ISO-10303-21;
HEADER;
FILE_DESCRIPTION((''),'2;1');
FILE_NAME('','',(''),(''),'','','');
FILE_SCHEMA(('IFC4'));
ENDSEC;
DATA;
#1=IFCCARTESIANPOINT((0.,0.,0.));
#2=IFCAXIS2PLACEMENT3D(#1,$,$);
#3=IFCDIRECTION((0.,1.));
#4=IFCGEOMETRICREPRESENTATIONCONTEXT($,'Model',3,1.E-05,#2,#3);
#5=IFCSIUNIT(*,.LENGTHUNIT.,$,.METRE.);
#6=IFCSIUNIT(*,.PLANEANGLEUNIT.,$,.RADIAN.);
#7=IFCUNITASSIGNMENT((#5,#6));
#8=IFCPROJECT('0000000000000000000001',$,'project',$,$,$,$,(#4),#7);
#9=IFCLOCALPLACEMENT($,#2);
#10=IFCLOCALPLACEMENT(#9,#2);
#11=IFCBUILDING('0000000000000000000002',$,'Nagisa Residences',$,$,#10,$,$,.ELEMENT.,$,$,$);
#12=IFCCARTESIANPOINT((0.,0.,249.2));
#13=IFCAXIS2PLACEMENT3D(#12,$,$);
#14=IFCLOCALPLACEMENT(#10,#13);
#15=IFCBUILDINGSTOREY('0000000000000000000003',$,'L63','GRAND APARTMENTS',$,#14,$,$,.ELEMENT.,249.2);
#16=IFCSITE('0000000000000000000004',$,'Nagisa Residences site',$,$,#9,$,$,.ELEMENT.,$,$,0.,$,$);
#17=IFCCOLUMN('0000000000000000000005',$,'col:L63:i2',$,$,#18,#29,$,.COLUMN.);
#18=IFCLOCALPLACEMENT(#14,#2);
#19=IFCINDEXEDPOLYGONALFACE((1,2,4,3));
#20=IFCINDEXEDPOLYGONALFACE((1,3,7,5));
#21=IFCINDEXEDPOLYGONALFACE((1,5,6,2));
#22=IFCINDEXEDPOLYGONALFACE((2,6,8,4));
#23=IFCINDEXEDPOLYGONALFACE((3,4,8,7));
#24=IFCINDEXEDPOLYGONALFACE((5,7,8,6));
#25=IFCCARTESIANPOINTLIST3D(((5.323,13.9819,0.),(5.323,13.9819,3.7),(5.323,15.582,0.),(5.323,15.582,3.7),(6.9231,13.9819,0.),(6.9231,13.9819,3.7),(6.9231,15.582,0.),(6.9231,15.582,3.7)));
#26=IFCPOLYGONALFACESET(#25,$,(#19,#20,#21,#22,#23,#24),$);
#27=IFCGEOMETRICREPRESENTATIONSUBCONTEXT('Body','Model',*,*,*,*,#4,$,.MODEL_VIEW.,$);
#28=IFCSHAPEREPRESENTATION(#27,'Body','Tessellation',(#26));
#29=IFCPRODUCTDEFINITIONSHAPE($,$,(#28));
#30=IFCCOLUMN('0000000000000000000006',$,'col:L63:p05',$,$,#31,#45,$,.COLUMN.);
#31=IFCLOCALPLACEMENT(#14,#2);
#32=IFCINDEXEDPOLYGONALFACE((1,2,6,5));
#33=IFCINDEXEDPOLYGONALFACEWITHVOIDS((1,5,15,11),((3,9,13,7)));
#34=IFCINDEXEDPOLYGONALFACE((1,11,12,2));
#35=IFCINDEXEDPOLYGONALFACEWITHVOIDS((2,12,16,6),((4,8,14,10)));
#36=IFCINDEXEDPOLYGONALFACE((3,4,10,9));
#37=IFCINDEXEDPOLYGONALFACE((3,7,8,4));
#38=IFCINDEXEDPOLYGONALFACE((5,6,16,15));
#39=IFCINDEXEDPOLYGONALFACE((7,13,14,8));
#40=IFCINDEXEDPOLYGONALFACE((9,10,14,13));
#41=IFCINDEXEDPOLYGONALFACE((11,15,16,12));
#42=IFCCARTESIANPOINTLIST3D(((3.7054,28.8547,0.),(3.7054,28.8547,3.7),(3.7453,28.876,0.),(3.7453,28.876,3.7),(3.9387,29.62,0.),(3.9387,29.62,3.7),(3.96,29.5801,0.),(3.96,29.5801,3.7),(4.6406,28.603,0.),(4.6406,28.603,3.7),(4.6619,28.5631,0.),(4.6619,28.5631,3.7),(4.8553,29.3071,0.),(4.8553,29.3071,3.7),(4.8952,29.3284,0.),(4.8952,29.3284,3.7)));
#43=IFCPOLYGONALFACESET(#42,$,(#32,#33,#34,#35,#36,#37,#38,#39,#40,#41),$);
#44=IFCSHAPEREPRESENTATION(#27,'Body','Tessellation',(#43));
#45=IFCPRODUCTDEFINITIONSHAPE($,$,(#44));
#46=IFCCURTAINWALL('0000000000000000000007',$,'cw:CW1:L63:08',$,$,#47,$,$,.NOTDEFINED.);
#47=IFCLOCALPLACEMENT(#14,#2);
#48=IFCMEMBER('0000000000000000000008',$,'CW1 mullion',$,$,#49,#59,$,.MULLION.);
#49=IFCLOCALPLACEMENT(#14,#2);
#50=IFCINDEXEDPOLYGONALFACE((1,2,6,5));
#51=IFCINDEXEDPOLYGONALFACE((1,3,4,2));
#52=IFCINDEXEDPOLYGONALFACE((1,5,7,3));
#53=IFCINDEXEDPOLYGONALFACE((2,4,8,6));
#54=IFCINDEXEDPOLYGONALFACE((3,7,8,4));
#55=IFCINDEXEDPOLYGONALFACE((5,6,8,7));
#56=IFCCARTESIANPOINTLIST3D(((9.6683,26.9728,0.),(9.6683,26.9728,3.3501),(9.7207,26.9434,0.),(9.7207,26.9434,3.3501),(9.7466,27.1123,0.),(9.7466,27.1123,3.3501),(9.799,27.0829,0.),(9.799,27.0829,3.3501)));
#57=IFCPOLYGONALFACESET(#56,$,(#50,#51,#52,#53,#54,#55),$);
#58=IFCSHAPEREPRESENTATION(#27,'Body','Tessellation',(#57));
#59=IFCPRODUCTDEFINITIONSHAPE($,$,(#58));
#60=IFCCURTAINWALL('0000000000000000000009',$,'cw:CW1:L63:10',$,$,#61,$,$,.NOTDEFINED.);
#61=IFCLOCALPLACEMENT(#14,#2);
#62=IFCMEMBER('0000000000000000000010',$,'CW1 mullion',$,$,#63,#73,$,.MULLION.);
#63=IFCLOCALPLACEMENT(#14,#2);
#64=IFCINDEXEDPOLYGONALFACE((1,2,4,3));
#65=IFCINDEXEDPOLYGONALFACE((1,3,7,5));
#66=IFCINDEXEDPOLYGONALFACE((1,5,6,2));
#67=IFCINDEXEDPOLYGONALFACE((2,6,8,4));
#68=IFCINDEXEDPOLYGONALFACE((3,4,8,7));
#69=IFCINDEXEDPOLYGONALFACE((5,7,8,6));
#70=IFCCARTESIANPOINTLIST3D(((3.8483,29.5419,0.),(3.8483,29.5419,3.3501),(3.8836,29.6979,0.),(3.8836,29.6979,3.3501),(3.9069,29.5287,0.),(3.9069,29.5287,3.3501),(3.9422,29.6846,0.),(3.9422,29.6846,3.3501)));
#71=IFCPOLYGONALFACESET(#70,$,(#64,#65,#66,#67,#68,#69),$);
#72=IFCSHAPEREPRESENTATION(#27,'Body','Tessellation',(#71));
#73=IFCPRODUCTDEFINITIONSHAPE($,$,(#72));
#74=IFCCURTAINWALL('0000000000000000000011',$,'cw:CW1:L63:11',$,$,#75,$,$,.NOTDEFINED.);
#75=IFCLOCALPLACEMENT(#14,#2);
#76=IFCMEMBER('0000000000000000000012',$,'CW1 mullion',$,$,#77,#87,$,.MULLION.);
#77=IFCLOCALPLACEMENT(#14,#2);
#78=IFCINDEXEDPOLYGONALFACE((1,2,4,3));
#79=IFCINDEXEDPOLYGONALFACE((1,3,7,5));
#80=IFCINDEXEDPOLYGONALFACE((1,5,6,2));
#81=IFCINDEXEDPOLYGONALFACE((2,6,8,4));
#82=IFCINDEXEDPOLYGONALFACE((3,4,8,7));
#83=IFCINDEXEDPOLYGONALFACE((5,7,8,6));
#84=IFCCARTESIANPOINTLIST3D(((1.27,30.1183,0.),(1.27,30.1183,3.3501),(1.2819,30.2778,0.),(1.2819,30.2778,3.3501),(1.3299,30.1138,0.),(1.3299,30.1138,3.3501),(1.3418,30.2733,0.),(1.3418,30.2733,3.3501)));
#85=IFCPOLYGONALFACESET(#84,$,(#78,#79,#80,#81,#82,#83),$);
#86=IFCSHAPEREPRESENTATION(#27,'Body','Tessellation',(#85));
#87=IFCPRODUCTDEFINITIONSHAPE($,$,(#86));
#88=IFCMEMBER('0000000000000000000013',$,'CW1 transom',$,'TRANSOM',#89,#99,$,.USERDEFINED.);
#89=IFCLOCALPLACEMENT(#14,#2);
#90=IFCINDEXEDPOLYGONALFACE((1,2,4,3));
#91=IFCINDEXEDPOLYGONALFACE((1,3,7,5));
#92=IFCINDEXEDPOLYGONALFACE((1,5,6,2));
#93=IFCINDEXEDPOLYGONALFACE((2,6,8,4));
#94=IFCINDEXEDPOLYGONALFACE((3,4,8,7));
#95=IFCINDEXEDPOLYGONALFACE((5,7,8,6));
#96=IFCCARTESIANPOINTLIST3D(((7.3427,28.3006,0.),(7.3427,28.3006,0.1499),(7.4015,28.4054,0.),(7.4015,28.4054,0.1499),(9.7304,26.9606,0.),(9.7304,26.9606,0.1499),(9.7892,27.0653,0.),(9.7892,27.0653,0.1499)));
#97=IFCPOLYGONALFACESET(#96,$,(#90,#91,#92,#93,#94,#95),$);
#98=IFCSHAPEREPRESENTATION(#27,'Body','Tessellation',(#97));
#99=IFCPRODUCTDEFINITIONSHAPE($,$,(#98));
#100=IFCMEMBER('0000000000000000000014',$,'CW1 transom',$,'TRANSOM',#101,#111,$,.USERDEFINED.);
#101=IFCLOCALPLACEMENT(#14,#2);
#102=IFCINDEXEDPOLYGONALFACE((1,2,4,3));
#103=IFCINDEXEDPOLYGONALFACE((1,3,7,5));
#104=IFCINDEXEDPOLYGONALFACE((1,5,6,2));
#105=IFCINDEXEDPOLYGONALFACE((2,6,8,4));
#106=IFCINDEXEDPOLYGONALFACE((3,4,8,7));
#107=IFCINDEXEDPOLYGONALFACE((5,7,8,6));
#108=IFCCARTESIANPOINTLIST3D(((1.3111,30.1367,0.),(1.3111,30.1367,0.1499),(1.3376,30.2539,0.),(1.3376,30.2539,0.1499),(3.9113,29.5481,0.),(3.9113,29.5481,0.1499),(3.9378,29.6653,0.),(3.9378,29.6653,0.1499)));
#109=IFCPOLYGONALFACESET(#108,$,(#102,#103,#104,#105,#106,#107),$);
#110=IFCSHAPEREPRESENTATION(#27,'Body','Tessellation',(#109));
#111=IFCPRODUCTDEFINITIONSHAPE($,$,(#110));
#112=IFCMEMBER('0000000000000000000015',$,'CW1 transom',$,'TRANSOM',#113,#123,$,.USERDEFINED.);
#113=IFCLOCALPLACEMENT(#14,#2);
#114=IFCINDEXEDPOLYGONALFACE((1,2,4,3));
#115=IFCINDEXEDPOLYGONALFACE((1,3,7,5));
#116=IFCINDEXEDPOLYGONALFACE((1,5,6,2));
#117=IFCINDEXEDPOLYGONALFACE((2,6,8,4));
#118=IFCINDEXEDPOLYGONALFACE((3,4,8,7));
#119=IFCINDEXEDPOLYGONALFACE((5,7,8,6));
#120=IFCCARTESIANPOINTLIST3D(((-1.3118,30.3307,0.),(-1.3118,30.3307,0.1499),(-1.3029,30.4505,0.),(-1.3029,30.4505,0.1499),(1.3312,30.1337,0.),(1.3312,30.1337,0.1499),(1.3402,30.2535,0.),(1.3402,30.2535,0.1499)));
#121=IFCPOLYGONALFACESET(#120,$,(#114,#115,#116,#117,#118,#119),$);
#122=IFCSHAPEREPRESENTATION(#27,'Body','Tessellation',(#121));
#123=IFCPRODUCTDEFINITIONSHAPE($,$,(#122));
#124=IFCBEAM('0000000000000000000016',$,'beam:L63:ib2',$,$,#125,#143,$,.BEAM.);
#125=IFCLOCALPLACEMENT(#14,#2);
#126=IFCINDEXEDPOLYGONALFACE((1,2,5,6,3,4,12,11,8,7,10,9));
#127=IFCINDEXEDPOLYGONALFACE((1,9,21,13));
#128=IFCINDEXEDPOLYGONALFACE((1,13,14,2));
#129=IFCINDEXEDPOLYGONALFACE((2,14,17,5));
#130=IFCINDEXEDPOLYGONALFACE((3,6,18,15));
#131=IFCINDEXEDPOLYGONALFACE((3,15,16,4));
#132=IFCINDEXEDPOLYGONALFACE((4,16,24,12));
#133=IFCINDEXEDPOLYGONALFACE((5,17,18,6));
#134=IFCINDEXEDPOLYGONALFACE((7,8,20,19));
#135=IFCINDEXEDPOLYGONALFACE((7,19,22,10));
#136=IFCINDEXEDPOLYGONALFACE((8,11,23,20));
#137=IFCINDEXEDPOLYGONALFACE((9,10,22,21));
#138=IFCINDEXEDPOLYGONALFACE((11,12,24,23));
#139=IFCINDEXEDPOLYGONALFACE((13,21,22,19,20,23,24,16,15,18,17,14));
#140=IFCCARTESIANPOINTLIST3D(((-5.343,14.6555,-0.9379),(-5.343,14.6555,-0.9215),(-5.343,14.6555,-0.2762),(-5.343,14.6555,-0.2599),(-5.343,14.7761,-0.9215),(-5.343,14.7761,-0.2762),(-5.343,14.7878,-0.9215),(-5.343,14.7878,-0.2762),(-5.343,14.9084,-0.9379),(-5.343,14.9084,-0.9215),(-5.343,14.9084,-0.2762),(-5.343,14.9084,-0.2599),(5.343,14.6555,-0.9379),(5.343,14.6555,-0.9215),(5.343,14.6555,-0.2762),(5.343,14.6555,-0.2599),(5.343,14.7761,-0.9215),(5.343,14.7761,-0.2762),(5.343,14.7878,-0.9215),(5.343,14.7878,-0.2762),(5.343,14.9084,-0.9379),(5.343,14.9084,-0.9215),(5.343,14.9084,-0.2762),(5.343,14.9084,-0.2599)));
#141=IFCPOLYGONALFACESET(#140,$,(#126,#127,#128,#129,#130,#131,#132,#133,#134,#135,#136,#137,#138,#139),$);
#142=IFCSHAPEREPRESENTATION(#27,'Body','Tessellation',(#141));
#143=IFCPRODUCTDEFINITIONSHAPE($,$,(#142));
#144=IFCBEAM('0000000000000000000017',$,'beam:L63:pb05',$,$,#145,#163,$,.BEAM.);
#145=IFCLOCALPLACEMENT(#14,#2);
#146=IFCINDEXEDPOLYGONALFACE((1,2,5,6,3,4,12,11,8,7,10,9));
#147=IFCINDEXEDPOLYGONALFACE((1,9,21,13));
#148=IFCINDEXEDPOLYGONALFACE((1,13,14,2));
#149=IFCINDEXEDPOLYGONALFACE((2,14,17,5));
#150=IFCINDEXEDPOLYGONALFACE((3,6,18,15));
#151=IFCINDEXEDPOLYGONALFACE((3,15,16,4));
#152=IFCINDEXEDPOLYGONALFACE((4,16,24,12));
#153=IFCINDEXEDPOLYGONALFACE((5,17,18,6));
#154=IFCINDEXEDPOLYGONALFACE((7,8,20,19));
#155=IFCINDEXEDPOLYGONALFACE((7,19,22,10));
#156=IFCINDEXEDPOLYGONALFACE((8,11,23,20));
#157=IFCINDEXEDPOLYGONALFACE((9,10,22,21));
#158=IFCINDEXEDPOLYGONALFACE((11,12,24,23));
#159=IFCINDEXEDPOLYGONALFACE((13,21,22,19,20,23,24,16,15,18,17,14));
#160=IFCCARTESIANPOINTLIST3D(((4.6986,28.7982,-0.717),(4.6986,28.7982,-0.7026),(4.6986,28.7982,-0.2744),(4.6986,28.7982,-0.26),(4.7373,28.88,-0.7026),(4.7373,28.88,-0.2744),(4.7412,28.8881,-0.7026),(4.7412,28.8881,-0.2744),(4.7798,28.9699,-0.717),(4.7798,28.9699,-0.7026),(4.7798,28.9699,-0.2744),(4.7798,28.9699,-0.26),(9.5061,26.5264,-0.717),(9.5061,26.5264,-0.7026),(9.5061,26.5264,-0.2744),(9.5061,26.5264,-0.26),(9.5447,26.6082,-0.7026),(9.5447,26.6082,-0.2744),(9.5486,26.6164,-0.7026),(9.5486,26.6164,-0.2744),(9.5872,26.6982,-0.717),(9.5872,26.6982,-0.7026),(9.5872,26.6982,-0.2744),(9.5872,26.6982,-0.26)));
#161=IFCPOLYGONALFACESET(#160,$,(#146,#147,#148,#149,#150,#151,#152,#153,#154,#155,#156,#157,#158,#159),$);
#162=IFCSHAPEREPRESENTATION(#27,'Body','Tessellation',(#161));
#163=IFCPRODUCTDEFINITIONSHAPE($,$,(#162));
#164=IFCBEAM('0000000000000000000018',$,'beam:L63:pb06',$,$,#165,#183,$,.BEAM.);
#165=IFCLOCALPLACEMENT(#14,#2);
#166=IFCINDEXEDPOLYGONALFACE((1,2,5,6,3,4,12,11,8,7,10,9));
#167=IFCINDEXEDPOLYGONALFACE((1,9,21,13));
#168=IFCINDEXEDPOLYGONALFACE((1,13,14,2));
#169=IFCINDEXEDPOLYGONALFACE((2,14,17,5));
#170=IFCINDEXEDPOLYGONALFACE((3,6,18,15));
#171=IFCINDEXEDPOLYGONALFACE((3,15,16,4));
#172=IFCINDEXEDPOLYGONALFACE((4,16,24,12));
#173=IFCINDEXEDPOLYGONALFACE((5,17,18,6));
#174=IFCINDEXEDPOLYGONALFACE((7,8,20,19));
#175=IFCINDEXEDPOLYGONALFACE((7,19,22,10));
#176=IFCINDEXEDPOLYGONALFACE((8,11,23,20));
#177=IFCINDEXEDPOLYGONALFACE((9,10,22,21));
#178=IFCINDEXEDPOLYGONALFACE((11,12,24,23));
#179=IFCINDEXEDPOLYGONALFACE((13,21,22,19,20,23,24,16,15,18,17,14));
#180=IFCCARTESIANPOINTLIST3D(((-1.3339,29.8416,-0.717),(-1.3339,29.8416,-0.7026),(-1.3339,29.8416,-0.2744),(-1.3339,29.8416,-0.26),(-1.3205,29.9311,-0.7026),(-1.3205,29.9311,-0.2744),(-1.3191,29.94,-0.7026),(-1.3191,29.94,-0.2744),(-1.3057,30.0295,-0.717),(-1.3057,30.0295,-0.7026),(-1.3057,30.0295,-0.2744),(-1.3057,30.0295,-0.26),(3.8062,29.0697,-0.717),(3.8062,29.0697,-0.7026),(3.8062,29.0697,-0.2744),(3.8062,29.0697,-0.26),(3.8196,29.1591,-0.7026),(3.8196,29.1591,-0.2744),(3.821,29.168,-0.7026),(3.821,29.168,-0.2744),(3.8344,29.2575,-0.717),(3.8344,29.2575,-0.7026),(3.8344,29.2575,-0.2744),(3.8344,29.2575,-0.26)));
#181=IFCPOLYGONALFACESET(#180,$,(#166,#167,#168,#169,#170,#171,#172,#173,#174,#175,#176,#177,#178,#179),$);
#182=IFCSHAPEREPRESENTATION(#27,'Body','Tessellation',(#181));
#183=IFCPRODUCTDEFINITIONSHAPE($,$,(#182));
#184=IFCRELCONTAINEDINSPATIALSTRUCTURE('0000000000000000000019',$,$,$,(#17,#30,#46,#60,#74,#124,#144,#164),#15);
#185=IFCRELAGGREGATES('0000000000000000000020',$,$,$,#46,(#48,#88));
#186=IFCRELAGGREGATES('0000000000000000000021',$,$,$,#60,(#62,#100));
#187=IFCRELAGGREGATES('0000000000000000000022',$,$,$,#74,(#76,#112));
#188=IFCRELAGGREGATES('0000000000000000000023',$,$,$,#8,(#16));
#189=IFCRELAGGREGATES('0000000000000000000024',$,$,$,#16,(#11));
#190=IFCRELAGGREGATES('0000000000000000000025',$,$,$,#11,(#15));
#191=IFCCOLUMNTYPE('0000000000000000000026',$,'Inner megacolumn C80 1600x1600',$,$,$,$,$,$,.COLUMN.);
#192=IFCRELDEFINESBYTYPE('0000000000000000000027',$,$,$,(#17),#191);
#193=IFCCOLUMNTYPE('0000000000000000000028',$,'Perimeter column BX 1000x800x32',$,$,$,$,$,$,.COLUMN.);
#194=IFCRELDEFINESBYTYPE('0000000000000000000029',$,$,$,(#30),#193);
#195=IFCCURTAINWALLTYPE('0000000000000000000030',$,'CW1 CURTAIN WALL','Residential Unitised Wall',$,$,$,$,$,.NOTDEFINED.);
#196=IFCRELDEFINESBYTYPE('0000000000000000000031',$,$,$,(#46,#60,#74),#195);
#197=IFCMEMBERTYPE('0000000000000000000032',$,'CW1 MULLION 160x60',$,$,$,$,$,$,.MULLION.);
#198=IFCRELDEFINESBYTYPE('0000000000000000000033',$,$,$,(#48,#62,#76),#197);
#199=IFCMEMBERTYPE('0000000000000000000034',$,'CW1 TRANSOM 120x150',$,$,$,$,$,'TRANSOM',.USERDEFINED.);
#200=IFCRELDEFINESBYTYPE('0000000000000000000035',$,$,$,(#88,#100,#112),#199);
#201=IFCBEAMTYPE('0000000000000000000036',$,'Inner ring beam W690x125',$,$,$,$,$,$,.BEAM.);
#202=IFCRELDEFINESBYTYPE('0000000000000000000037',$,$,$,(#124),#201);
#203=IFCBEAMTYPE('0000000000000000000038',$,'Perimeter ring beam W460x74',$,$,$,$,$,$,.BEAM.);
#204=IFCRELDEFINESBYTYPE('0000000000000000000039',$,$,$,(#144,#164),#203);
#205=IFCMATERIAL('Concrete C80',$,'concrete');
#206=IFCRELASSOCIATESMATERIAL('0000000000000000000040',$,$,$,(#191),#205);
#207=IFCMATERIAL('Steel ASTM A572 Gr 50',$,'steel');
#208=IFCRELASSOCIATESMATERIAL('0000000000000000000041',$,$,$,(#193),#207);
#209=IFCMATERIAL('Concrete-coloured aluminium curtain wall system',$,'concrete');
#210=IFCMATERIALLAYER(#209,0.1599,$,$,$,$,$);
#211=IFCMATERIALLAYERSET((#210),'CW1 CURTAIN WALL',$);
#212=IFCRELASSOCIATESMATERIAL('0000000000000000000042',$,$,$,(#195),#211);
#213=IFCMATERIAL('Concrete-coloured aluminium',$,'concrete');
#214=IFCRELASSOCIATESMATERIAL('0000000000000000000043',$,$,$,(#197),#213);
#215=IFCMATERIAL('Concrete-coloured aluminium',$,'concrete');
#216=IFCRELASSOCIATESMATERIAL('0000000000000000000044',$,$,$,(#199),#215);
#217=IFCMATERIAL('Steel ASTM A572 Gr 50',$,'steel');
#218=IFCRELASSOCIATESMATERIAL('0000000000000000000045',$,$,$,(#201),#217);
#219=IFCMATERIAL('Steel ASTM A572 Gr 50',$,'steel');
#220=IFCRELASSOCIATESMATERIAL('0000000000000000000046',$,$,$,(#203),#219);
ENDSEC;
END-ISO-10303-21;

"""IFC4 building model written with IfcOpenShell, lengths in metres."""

from ifc_helpers import new_model, si_unit, direction, frame, origin, origin_2d, place, context, subcontext, project, spatial, rectangle, hollow_rectangle, i_section, extrude, material, layer, layer_set, material_profile, profile_set, type_object, element, aggregate, save


model = new_model("IFC4")

# Units and contexts
model_context = context("Model", 3, precision=1e-05, world=origin(), true_north=direction((0.0, 1.0)))
body_context = subcontext(model_context, "Body", "Model", "MODEL_VIEW")
ifc_project = project(units=[si_unit("LENGTHUNIT", "METRE"), si_unit("PLANEANGLEUNIT", "RADIAN")], contexts=[model_context])

# Site, building, storey
site_placement = place(None, origin())
site = spatial("IfcSite", under=ifc_project, at=site_placement, Name="Nagisa Residences site", CompositionType="ELEMENT", RefElevation=0.0)
building_placement = place(site_placement, origin())
building = spatial("IfcBuilding", under=site, at=building_placement, Name="Nagisa Residences", CompositionType="ELEMENT")
storey_placement = place(building_placement, frame((0.0, 0.0, 249.2)))
storey = spatial("IfcBuildingStorey", under=building, at=storey_placement, Name="L63", Description="GRAND APARTMENTS", CompositionType="ELEMENT", Elevation=249.2)

# Columns
ifc_material_1 = material(Name="Concrete C80", Category="concrete")
ifc_material_profile_1 = material_profile(ifc_material_1, rectangle(XDim=1.6001, YDim=1.6001, at=origin_2d()), Name="C80 1600x1600")
ifc_profile_set_1 = profile_set([ifc_material_profile_1], Name="Concrete C80")
column_type_1 = type_object("IfcColumnType", Name="Inner megacolumn C80 1600x1600", PredefinedType="COLUMN", material=ifc_profile_set_1)
column_1_placement = place(storey_placement, frame((6.123, 14.782, 0.0), z_axis=(0.0, 0.0, 1.0), x_axis=(1.0, 0.0, 0.0)))
element("IfcColumn", 1, at=column_1_placement, inside=storey, type_object=column_type_1, Name="col:L63:i2", PredefinedType="COLUMN", context=body_context, shape_type="SweptSolid", body=[
    extrude(rectangle(XDim=1.6001, YDim=1.6001, at=origin_2d()), origin(), (0.0, 0.0, 1.0), 3.7),
])
ifc_material_2 = material(Name="Steel ASTM A572 Gr 50", Category="steel")
ifc_material_profile_2 = material_profile(ifc_material_2, hollow_rectangle(XDim=1.0, YDim=0.8, WallThickness=0.032, at=origin_2d()), Name="BX 1000x800x32")
ifc_profile_set_2 = profile_set([ifc_material_profile_2], Name="Steel ASTM A572 Gr 50")
column_type_2 = type_object("IfcColumnType", Name="Perimeter column BX 1000x800x32", PredefinedType="COLUMN", material=ifc_profile_set_2)
column_2_placement = place(storey_placement, frame((4.3003, 29.0916, 0.0), z_axis=(0.0, 0.0, 1.0), x_axis=(-0.956525, 0.291652, 0.0)))
element("IfcColumn", 2, at=column_2_placement, inside=storey, type_object=column_type_2, Name="col:L63:p05", PredefinedType="COLUMN", context=body_context, shape_type="SweptSolid", body=[
    extrude(hollow_rectangle(XDim=1.0, YDim=0.8, WallThickness=0.032, at=origin_2d()), origin(), (0.0, 0.0, 1.0), 3.7),
])

# Curtain walls, members
ifc_material_3 = material(Name="Concrete-coloured aluminium curtain wall system", Category="concrete")
ifc_layer_1 = layer(ifc_material_3, 0.1599)
ifc_layer_set_1 = layer_set([ifc_layer_1], Name="CW1 CURTAIN WALL")
curtain_wall_type = type_object("IfcCurtainWallType", Name="CW1 CURTAIN WALL", Description="Residential Unitised Wall", PredefinedType="NOTDEFINED", material=ifc_layer_set_1)
curtain_wall_1_placement = place(storey_placement, origin())
curtain_wall_1 = element("IfcCurtainWall", 3, at=curtain_wall_1_placement, inside=storey, type_object=curtain_wall_type, Name="cw:CW1:L63:08", PredefinedType="NOTDEFINED")
ifc_material_4 = material(Name="Concrete-coloured aluminium", Category="concrete")
ifc_material_profile_3 = material_profile(ifc_material_4, rectangle(XDim=0.1599, YDim=0.0601, at=origin_2d()), Name="CW1 MULLION 160x60")
ifc_profile_set_3 = profile_set([ifc_material_profile_3], Name="Concrete-coloured aluminium")
member_type_1 = type_object("IfcMemberType", Name="CW1 MULLION 160x60", PredefinedType="MULLION", material=ifc_profile_set_3)
member_1_placement = place(storey_placement, frame((9.7336, 27.0278, 0.0), z_axis=(0.0, 0.0, 1.0), x_axis=(-0.489377, -0.872072, 0.0)))
member_1 = element("IfcMember", 4, at=member_1_placement, type_object=member_type_1, Name="CW1 mullion", PredefinedType="MULLION", context=body_context, shape_type="SweptSolid", body=[
    extrude(rectangle(XDim=0.1599, YDim=0.0601, at=origin_2d()), origin(), (0.0, 0.0, 1.0), 3.3501),
])
curtain_wall_2_placement = place(storey_placement, origin())
curtain_wall_2 = element("IfcCurtainWall", 5, at=curtain_wall_2_placement, inside=storey, type_object=curtain_wall_type, Name="cw:CW1:L63:10", PredefinedType="NOTDEFINED")
member_2_placement = place(storey_placement, frame((3.8953, 29.6133, 0.0), z_axis=(0.0, 0.0, 1.0), x_axis=(-0.220764, -0.975327, 0.0)))
member_2 = element("IfcMember", 6, at=member_2_placement, type_object=member_type_1, Name="CW1 mullion", PredefinedType="MULLION", context=body_context, shape_type="SweptSolid", body=[
    extrude(rectangle(XDim=0.1599, YDim=0.0601, at=origin_2d()), origin(), (0.0, 0.0, 1.0), 3.3501),
])
curtain_wall_3_placement = place(storey_placement, origin())
curtain_wall_3 = element("IfcCurtainWall", 7, at=curtain_wall_3_placement, inside=storey, type_object=curtain_wall_type, Name="cw:CW1:L63:11", PredefinedType="NOTDEFINED")
member_3_placement = place(storey_placement, frame((1.3059, 30.1958, 0.0), z_axis=(0.0, 0.0, 1.0), x_axis=(-0.074377, -0.99723, 0.0)))
member_3 = element("IfcMember", 8, at=member_3_placement, type_object=member_type_1, Name="CW1 mullion", PredefinedType="MULLION", context=body_context, shape_type="SweptSolid", body=[
    extrude(rectangle(XDim=0.1599, YDim=0.0601, at=origin_2d()), origin(), (0.0, 0.0, 1.0), 3.3501),
])

# Members
ifc_material_5 = material(Name="Concrete-coloured aluminium", Category="concrete")
ifc_material_profile_4 = material_profile(ifc_material_5, rectangle(XDim=0.1201, YDim=0.1499, at=origin_2d()), Name="CW1 TRANSOM 120x150")
ifc_profile_set_4 = profile_set([ifc_material_profile_4], Name="Concrete-coloured aluminium")
member_type_2 = type_object("IfcMemberType", Name="CW1 TRANSOM 120x150", ElementType="TRANSOM", PredefinedType="USERDEFINED", material=ifc_profile_set_4)
member_4_placement = place(storey_placement, frame((9.7598, 27.0129, 0.075), z_axis=(-0.872042, 0.489431, 0.0), x_axis=(-0.489431, -0.872042, 0.0)))
member_4 = element("IfcMember", 9, at=member_4_placement, type_object=member_type_2, Name="CW1 transom", ObjectType="TRANSOM", PredefinedType="USERDEFINED", context=body_context, shape_type="SweptSolid", body=[
    extrude(rectangle(XDim=0.1201, YDim=0.1499, at=origin_2d()), origin(), (0.0, 0.0, 1.0), 2.738),
])
member_5_placement = place(storey_placement, frame((3.9246, 29.6067, 0.075), z_axis=(-0.975324, 0.220778, 0.0), x_axis=(-0.220778, -0.975324, 0.0)))
member_5 = element("IfcMember", 10, at=member_5_placement, type_object=member_type_2, Name="CW1 transom", ObjectType="TRANSOM", PredefinedType="USERDEFINED", context=body_context, shape_type="SweptSolid", body=[
    extrude(rectangle(XDim=0.1201, YDim=0.1499, at=origin_2d()), origin(), (0.0, 0.0, 1.0), 2.666),
])
member_6_placement = place(storey_placement, frame((1.3357, 30.1936, 0.075), z_axis=(-0.997233, 0.074337, 0.0), x_axis=(-0.074337, -0.997233, 0.0)))
member_6 = element("IfcMember", 11, at=member_6_placement, type_object=member_type_2, Name="CW1 transom", ObjectType="TRANSOM", PredefinedType="USERDEFINED", context=body_context, shape_type="SweptSolid", body=[
    extrude(rectangle(XDim=0.1201, YDim=0.1499, at=origin_2d()), origin(), (0.0, 0.0, 1.0), 2.6504),
])

# Beams
ifc_material_6 = material(Name="Steel ASTM A572 Gr 50", Category="steel")
ifc_material_profile_5 = material_profile(ifc_material_6, i_section(OverallWidth=0.2529, OverallDepth=0.678, WebThickness=0.0117, FlangeThickness=0.0164, at=origin_2d()), Name="W690x125")
ifc_profile_set_5 = profile_set([ifc_material_profile_5], Name="Steel ASTM A572 Gr 50")
beam_type_1 = type_object("IfcBeamType", Name="Inner ring beam W690x125", PredefinedType="BEAM", material=ifc_profile_set_5)
beam_1_placement = place(storey_placement, frame((5.343, 14.782, -0.5989), z_axis=(-1.0, 0.0, 0.0), x_axis=(0.0, -1.0, 0.0)))
element("IfcBeam", 12, at=beam_1_placement, inside=storey, type_object=beam_type_1, Name="beam:L63:ib2", PredefinedType="BEAM", context=body_context, shape_type="SweptSolid", body=[
    extrude(i_section(OverallWidth=0.2529, OverallDepth=0.678, WebThickness=0.0117, FlangeThickness=0.0164, at=origin_2d()), origin(), (0.0, 0.0, 1.0), 10.686),
])
ifc_material_7 = material(Name="Steel ASTM A572 Gr 50", Category="steel")
ifc_material_profile_6 = material_profile(ifc_material_7, i_section(OverallWidth=0.1899, OverallDepth=0.457, WebThickness=0.009, FlangeThickness=0.0144, at=origin_2d()), Name="W460x74")
ifc_profile_set_6 = profile_set([ifc_material_profile_6], Name="Steel ASTM A572 Gr 50")
beam_type_2 = type_object("IfcBeamType", Name="Perimeter ring beam W460x74", PredefinedType="BEAM", material=ifc_profile_set_6)
beam_2_placement = place(storey_placement, frame((9.5466, 26.6123, -0.4885), z_axis=(-0.904134, 0.427249, 0.0), x_axis=(-0.427249, -0.904134, 0.0)))
element("IfcBeam", 13, at=beam_2_placement, inside=storey, type_object=beam_type_2, Name="beam:L63:pb05", PredefinedType="BEAM", context=body_context, shape_type="SweptSolid", body=[
    extrude(i_section(OverallWidth=0.1899, OverallDepth=0.457, WebThickness=0.009, FlangeThickness=0.0144, at=origin_2d()), origin(), (0.0, 0.0, 1.0), 5.3171),
])
beam_3_placement = place(storey_placement, frame((3.8203, 29.1636, -0.4885), z_axis=(-0.988909, 0.14852, 0.0), x_axis=(-0.14852, -0.988909, 0.0)))
element("IfcBeam", 14, at=beam_3_placement, inside=storey, type_object=beam_type_2, Name="beam:L63:pb06", PredefinedType="BEAM", context=body_context, shape_type="SweptSolid", body=[
    extrude(i_section(OverallWidth=0.1899, OverallDepth=0.457, WebThickness=0.009, FlangeThickness=0.0144, at=origin_2d()), origin(), (0.0, 0.0, 1.0), 5.1978),
])

aggregate(curtain_wall_1, [member_1, member_4])
aggregate(curtain_wall_2, [member_2, member_5])
aggregate(curtain_wall_3, [member_3, member_6])

save(model, "model.ifc")
